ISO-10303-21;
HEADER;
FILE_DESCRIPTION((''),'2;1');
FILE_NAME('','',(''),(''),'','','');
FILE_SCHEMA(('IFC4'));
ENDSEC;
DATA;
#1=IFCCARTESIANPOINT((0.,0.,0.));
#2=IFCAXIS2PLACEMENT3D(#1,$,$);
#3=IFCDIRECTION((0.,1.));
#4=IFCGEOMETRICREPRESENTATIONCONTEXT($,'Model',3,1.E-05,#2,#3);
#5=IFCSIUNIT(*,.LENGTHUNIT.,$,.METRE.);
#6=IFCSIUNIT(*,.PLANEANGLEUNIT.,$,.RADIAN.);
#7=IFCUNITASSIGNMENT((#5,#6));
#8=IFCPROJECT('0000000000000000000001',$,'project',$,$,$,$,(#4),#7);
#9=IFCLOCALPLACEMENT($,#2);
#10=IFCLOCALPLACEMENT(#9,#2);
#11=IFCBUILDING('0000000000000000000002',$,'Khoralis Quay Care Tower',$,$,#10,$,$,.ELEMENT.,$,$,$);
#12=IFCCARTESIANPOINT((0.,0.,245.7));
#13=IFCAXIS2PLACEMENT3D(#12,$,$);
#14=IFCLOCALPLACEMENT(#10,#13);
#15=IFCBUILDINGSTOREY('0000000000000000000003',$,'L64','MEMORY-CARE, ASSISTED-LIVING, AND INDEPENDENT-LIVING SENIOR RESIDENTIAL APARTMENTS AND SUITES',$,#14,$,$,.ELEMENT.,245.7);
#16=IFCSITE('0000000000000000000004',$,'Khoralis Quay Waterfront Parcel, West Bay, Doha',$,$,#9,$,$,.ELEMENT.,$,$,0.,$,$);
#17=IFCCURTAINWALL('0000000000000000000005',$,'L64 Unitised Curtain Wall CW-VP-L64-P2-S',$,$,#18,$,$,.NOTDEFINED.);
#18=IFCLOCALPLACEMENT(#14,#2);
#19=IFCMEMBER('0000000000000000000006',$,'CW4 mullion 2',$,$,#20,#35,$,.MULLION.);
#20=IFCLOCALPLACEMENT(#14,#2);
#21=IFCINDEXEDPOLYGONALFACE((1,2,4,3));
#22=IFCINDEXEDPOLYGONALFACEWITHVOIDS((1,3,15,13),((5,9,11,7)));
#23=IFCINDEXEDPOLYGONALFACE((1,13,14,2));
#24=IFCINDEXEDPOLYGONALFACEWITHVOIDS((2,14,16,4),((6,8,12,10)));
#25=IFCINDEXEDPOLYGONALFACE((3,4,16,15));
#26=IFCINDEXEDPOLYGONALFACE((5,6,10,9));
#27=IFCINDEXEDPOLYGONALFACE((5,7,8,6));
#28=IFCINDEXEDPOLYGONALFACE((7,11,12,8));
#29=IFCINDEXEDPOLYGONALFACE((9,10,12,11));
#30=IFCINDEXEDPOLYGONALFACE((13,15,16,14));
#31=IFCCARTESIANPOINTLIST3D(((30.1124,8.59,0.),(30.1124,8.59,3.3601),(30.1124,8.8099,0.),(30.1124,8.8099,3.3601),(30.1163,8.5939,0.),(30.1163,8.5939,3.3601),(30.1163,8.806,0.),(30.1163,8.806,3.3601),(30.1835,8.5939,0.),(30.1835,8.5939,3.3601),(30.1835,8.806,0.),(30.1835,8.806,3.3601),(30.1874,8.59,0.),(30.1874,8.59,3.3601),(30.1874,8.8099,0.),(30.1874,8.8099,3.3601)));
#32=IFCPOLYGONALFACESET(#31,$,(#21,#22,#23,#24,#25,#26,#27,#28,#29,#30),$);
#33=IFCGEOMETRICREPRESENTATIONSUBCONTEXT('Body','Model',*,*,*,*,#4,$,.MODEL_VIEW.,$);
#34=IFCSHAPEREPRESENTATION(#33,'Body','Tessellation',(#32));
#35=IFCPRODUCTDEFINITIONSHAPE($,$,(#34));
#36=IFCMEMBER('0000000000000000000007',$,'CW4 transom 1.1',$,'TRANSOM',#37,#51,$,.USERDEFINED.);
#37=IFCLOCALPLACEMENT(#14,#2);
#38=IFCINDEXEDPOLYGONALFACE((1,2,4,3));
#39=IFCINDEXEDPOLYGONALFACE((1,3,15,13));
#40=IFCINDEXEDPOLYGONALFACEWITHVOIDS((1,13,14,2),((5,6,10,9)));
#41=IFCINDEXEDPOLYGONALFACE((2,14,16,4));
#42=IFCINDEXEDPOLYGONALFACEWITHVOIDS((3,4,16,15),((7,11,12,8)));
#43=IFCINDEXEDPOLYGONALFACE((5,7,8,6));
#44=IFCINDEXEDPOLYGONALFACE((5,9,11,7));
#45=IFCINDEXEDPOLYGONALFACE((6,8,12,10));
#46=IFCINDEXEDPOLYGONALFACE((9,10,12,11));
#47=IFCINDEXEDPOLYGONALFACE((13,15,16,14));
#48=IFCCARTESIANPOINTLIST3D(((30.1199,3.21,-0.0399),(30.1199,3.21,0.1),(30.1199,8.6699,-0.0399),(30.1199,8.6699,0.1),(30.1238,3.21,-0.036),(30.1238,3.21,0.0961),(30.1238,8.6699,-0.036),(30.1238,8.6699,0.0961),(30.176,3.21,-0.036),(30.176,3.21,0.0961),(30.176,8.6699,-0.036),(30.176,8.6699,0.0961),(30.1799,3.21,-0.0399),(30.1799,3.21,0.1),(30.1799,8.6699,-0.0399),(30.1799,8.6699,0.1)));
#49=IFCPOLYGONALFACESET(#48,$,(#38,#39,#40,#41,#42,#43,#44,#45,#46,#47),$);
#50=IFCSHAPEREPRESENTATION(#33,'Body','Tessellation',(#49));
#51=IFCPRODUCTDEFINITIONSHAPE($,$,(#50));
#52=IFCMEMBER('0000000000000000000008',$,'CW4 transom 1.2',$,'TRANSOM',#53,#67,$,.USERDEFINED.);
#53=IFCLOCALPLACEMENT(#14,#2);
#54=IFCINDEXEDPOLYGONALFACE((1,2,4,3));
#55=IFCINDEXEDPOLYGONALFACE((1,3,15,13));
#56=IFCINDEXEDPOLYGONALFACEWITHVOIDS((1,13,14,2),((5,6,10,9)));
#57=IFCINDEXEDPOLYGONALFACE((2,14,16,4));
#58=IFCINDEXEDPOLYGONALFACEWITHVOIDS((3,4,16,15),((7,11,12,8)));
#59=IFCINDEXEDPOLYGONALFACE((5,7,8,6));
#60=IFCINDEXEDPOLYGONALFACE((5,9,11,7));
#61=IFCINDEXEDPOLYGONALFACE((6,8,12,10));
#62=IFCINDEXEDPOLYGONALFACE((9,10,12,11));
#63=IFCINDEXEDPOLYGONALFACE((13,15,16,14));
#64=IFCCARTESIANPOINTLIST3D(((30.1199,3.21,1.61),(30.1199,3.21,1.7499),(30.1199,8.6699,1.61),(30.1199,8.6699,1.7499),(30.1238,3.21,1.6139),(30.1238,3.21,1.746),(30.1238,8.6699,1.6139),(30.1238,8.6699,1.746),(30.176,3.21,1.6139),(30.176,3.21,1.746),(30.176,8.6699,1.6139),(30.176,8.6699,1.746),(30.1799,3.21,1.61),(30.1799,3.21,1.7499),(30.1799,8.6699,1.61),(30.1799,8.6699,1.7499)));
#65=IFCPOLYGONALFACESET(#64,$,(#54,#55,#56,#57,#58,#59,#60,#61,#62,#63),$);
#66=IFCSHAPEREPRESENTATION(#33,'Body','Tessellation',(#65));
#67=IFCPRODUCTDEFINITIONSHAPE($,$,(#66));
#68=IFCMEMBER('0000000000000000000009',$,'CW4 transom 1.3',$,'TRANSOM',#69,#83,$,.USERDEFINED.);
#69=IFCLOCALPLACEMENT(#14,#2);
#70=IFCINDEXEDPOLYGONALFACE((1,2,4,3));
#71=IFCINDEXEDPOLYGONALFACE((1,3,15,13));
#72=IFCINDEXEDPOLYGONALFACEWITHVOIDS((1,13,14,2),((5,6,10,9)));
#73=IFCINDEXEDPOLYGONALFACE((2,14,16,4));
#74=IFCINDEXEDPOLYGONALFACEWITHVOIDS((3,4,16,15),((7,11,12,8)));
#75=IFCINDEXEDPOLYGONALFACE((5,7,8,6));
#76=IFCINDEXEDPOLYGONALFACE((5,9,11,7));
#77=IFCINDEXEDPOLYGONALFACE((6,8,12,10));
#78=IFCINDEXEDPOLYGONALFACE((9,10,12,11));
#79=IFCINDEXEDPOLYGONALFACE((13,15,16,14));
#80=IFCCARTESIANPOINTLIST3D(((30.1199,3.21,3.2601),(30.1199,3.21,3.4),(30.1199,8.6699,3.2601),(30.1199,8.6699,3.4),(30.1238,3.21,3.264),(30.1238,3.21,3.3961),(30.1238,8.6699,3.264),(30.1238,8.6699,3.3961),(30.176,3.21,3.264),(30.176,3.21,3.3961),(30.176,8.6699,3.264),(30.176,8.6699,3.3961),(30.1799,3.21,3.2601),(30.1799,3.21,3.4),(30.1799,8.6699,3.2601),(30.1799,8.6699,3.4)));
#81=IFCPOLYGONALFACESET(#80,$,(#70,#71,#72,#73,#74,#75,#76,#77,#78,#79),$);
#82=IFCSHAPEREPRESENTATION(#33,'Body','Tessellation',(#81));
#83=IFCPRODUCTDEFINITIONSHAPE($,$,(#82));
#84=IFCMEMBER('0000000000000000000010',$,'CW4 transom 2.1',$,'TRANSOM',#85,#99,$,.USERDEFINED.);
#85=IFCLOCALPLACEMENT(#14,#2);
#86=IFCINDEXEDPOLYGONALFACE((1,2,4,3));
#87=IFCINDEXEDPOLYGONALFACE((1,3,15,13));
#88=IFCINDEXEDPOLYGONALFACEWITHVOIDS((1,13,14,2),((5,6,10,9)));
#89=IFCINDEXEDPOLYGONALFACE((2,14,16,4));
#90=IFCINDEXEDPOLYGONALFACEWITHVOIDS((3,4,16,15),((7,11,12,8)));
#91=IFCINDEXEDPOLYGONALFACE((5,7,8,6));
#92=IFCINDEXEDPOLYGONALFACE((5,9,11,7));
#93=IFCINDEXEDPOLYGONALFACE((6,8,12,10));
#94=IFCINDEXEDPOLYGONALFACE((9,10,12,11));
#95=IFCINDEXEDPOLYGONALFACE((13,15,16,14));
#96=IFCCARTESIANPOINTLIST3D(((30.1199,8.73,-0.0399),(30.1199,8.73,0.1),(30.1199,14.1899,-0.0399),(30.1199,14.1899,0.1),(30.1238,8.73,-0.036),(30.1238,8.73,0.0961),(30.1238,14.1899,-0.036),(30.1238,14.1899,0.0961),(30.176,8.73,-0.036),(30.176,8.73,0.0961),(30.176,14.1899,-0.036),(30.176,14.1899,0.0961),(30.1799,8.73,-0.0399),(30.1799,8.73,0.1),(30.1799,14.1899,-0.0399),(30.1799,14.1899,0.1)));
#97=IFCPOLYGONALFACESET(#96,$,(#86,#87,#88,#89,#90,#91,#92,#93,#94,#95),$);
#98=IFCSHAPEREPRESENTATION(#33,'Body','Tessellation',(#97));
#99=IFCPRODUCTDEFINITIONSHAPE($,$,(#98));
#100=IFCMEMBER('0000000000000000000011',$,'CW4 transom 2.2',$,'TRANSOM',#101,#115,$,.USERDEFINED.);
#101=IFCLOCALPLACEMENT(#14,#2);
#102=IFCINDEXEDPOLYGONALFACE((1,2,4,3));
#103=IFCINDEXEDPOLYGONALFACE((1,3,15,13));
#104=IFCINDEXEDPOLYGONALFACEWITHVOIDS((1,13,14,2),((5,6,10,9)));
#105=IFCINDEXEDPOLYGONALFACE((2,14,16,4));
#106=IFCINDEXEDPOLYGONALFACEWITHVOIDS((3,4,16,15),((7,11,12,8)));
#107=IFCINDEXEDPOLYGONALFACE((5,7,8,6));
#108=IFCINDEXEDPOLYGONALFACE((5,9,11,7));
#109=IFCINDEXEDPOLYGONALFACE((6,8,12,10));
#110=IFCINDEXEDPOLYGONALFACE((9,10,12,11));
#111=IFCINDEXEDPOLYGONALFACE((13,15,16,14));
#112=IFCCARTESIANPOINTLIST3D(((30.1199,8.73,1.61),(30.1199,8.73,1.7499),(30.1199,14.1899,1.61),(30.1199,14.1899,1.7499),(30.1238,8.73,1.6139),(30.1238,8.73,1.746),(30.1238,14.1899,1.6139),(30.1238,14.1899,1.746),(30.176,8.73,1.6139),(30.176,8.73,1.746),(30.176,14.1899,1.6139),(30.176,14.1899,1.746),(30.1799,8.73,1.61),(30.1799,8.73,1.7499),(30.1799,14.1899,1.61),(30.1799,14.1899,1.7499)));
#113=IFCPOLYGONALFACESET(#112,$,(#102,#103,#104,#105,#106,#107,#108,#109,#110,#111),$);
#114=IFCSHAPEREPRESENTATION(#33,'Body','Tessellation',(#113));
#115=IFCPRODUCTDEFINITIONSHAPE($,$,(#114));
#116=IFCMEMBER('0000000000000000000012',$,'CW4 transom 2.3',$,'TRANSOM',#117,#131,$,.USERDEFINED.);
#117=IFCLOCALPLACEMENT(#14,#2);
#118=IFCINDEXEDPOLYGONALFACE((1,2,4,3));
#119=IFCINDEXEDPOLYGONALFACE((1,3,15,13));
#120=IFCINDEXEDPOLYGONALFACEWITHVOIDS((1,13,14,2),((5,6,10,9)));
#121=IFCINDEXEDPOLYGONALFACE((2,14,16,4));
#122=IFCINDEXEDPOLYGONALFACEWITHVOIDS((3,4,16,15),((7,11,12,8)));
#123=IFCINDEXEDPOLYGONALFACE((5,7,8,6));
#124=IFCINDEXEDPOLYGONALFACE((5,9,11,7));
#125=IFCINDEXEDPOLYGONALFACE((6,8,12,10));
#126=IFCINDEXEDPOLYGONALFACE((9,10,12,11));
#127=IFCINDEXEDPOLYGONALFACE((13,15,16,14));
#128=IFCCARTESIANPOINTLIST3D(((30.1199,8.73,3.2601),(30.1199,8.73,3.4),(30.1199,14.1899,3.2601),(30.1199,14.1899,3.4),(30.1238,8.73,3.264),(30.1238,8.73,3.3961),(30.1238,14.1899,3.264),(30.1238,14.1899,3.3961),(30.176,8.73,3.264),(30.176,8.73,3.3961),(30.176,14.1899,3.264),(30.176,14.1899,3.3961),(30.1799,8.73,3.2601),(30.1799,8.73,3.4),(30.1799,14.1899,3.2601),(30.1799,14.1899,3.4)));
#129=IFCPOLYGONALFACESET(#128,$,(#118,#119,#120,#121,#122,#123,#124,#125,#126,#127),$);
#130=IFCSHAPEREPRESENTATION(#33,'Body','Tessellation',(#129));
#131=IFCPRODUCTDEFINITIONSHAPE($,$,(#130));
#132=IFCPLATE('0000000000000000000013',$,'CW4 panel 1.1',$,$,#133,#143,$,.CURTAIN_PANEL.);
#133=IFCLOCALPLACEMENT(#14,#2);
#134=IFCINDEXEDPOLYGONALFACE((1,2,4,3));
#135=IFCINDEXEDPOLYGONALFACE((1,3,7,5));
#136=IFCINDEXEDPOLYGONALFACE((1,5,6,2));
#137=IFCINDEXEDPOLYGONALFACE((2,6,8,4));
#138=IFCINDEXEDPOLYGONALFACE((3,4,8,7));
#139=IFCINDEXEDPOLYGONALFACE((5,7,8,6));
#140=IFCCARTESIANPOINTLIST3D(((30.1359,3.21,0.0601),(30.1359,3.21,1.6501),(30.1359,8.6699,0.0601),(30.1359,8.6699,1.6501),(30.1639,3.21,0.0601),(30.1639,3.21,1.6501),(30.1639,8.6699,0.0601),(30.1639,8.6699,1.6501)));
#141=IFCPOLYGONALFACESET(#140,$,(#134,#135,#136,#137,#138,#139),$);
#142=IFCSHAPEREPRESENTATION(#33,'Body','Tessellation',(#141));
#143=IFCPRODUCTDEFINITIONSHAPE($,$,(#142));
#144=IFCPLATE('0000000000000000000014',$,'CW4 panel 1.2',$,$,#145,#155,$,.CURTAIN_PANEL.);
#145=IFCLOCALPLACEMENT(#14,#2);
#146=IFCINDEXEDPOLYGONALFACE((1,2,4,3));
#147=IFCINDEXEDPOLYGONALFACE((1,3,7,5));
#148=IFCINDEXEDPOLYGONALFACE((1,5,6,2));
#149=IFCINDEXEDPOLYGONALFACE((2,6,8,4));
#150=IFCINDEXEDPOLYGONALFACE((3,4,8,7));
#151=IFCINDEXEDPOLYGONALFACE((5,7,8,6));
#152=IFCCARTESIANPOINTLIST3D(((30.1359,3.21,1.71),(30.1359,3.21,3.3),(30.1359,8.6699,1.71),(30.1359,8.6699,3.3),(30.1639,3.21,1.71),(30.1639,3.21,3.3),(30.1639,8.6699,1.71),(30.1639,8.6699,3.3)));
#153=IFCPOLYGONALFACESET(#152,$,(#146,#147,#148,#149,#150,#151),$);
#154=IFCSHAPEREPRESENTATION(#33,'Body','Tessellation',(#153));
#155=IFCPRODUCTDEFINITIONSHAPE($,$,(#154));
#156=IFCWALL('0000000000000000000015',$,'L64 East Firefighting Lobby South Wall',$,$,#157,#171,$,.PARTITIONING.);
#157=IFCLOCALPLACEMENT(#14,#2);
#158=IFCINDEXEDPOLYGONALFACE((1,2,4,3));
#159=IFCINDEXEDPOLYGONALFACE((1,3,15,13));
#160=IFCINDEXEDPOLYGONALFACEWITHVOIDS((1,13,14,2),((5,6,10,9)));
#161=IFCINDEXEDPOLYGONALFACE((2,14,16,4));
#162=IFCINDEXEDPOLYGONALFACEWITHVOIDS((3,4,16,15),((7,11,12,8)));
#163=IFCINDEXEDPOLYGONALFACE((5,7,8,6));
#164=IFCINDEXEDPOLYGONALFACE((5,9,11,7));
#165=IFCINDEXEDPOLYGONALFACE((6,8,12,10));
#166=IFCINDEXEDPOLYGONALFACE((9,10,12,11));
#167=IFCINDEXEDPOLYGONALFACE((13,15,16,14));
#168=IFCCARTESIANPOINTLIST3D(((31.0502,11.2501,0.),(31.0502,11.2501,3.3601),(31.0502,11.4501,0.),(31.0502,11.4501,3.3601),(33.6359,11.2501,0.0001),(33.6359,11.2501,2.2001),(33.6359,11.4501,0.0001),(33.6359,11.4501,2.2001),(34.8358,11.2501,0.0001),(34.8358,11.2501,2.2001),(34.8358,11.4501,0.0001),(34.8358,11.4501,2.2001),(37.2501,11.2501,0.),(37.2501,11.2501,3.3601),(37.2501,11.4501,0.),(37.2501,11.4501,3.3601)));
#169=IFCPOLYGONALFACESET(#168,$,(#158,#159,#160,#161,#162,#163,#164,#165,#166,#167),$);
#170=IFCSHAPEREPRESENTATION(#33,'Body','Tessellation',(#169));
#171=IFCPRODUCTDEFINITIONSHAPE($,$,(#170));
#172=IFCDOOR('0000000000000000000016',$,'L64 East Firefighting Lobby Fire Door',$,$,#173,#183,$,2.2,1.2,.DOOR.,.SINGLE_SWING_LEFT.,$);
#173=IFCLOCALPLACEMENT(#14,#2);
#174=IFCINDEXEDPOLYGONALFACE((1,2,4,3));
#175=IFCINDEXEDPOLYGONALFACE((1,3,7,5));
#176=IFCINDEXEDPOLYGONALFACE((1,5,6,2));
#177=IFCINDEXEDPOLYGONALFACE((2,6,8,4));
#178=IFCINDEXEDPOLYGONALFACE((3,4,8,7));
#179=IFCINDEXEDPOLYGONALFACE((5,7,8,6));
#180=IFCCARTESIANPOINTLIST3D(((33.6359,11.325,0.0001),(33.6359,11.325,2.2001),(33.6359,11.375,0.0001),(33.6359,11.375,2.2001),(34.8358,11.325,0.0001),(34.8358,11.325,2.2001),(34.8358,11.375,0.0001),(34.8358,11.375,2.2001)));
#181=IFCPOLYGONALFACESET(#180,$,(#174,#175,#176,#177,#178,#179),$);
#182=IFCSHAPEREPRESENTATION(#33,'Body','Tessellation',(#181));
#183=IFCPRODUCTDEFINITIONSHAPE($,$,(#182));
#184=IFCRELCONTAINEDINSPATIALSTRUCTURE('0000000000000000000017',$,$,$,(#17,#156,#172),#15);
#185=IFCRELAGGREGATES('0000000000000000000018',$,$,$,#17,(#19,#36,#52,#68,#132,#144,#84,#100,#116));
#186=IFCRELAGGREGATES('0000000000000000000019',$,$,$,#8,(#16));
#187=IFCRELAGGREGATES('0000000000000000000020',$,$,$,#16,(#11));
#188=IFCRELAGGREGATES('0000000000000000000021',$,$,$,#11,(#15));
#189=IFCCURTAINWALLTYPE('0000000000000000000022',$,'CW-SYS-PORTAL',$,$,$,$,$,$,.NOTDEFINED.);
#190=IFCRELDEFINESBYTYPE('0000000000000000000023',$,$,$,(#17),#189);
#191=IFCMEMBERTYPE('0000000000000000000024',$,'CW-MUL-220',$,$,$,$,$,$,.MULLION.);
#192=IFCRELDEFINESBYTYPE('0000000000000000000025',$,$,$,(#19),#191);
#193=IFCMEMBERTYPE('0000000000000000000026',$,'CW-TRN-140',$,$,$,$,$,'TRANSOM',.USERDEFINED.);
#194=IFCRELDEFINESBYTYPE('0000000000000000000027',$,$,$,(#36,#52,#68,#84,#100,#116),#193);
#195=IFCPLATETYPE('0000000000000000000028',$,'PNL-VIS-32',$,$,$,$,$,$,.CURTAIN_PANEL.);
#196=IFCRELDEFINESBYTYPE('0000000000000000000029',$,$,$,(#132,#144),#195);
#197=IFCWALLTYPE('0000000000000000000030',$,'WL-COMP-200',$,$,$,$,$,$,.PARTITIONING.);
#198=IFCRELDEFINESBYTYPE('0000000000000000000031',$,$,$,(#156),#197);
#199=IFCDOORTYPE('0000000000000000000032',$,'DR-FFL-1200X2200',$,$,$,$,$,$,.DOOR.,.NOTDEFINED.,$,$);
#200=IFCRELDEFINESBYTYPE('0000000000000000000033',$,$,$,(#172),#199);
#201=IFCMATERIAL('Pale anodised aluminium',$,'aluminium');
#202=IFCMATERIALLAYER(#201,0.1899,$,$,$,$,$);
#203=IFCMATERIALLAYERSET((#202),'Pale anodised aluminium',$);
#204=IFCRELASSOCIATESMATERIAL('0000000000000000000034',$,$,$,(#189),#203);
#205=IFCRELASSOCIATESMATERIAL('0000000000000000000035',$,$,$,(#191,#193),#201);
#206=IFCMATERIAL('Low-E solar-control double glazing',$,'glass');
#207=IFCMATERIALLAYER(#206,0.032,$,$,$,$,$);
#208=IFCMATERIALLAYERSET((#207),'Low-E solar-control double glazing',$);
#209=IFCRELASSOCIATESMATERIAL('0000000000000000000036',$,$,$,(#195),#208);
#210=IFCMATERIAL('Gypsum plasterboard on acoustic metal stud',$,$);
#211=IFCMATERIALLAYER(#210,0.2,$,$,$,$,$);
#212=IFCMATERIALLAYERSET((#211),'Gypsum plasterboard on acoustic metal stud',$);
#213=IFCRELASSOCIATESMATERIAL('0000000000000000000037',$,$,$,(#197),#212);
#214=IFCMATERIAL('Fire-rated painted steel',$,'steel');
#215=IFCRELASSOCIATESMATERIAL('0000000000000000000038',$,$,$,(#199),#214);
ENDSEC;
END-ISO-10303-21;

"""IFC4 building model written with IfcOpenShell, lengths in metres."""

from ifc_helpers import new_model, si_unit, direction, frame, frame_2d, origin, origin_2d, place, context, subcontext, project, spatial, rectangle, hollow_rectangle, extrude, source, transform, mapped, material, layer, layer_set, material_profile, profile_set, type_object, element, fill, aggregate, save


model = new_model("IFC4")

# Units and contexts
model_context = context("Model", 3, precision=1e-05, world=origin(), true_north=direction((0.0, 1.0)))
body_context = subcontext(model_context, "Body", "Model", "MODEL_VIEW")
ifc_project = project(units=[si_unit("LENGTHUNIT", "METRE"), si_unit("PLANEANGLEUNIT", "RADIAN")], contexts=[model_context])

# Site, building, storey
site_placement = place(None, origin())
site = spatial("IfcSite", under=ifc_project, at=site_placement, Name="Khoralis Quay Waterfront Parcel, West Bay, Doha", CompositionType="ELEMENT", RefElevation=0.0)
building_placement = place(site_placement, origin())
building = spatial("IfcBuilding", under=site, at=building_placement, Name="Khoralis Quay Care Tower", CompositionType="ELEMENT")
storey_placement = place(building_placement, frame((0.0, 0.0, 245.7)))
storey = spatial("IfcBuildingStorey", under=building, at=storey_placement, Name="L64", Description="MEMORY-CARE, ASSISTED-LIVING, AND INDEPENDENT-LIVING SENIOR RESIDENTIAL APARTMENTS AND SUITES", CompositionType="ELEMENT", Elevation=245.7)

# Curtain wall, members, plates
ifc_material_1 = material(Name="Pale anodised aluminium", Category="aluminium")
ifc_layer_1 = layer(ifc_material_1, 0.1899)
ifc_layer_set_1 = layer_set([ifc_layer_1], Name="Pale anodised aluminium")
curtain_wall_type = type_object("IfcCurtainWallType", Name="CW-SYS-PORTAL", PredefinedType="NOTDEFINED", material=ifc_layer_set_1)
curtain_wall_placement = place(storey_placement, origin())
curtain_wall = element("IfcCurtainWall", 1, at=curtain_wall_placement, inside=storey, type_object=curtain_wall_type, Name="L64 Unitised Curtain Wall CW-VP-L64-P2-S", PredefinedType="NOTDEFINED")
ifc_material_profile_1 = material_profile(ifc_material_1, hollow_rectangle(XDim=0.075, YDim=0.22, WallThickness=0.0039, at=origin_2d()), Name="Pale anodised aluminium")
ifc_profile_set_1 = profile_set([ifc_material_profile_1], Name="Pale anodised aluminium")
member_type_1 = type_object("IfcMemberType", Name="CW-MUL-220", PredefinedType="MULLION", material=ifc_profile_set_1)
shared_shape_1 = source(origin(), body_context, "Body", "SweptSolid", [
    extrude(hollow_rectangle(XDim=0.075, YDim=0.22, WallThickness=0.0039, at=origin_2d()), origin(), (0.0, 0.0, 1.0), 3.3601),
])
member_1_placement = place(storey_placement, frame((30.1499, 8.7, 0.0), z_axis=(0.0, 0.0, 1.0), x_axis=(-1.0, 0.0, 0.0)))
member_1 = element("IfcMember", 2, at=member_1_placement, type_object=member_type_1, Name="CW4 mullion 2", PredefinedType="MULLION", context=body_context, shape_type="MappedRepresentation", body=[
    mapped(shared_shape_1, transform((0.0, 0.0, 0.0), scale=1.0)),
])
ifc_material_profile_2 = material_profile(ifc_material_1, hollow_rectangle(XDim=0.0601, YDim=0.1399, WallThickness=0.0039, at=origin_2d()), Name="Pale anodised aluminium")
ifc_profile_set_2 = profile_set([ifc_material_profile_2], Name="Pale anodised aluminium")
member_type_2 = type_object("IfcMemberType", Name="CW-TRN-140", ElementType="TRANSOM", PredefinedType="USERDEFINED", material=ifc_profile_set_2)
shared_shape_2 = source(origin(), body_context, "Body", "SweptSolid", [
    extrude(hollow_rectangle(XDim=0.0601, YDim=0.1399, WallThickness=0.0039, at=origin_2d()), origin(), (0.0, 0.0, 1.0), 5.46),
])
member_2_placement = place(storey_placement, frame((30.1499, 3.21, 0.03), z_axis=(0.0, 1.0, 0.0), x_axis=(-1.0, 0.0, 0.0)))
member_2 = element("IfcMember", 3, at=member_2_placement, type_object=member_type_2, Name="CW4 transom 1.1", ObjectType="TRANSOM", PredefinedType="USERDEFINED", context=body_context, shape_type="MappedRepresentation", body=[
    mapped(shared_shape_2, transform((0.0, 0.0, 0.0), scale=1.0)),
])
member_3_placement = place(storey_placement, frame((30.1499, 3.21, 1.6799), z_axis=(0.0, 1.0, 0.0), x_axis=(-1.0, 0.0, 0.0)))
member_3 = element("IfcMember", 4, at=member_3_placement, type_object=member_type_2, Name="CW4 transom 1.2", ObjectType="TRANSOM", PredefinedType="USERDEFINED", context=body_context, shape_type="MappedRepresentation", body=[
    mapped(shared_shape_2, transform((0.0, 0.0, 0.0), scale=1.0)),
])
member_4_placement = place(storey_placement, frame((30.1499, 3.21, 3.3301), z_axis=(0.0, 1.0, 0.0), x_axis=(-1.0, 0.0, 0.0)))
member_4 = element("IfcMember", 5, at=member_4_placement, type_object=member_type_2, Name="CW4 transom 1.3", ObjectType="TRANSOM", PredefinedType="USERDEFINED", context=body_context, shape_type="MappedRepresentation", body=[
    mapped(shared_shape_2, transform((0.0, 0.0, 0.0), scale=1.0)),
])
member_5_placement = place(storey_placement, frame((30.1499, 8.73, 0.03), z_axis=(0.0, 1.0, 0.0), x_axis=(-1.0, 0.0, 0.0)))
member_5 = element("IfcMember", 6, at=member_5_placement, type_object=member_type_2, Name="CW4 transom 2.1", ObjectType="TRANSOM", PredefinedType="USERDEFINED", context=body_context, shape_type="MappedRepresentation", body=[
    mapped(shared_shape_2, transform((0.0, 0.0, 0.0), scale=1.0)),
])
member_6_placement = place(storey_placement, frame((30.1499, 8.73, 1.6799), z_axis=(0.0, 1.0, 0.0), x_axis=(-1.0, 0.0, 0.0)))
member_6 = element("IfcMember", 7, at=member_6_placement, type_object=member_type_2, Name="CW4 transom 2.2", ObjectType="TRANSOM", PredefinedType="USERDEFINED", context=body_context, shape_type="MappedRepresentation", body=[
    mapped(shared_shape_2, transform((0.0, 0.0, 0.0), scale=1.0)),
])
member_7_placement = place(storey_placement, frame((30.1499, 8.73, 3.3301), z_axis=(0.0, 1.0, 0.0), x_axis=(-1.0, 0.0, 0.0)))
member_7 = element("IfcMember", 8, at=member_7_placement, type_object=member_type_2, Name="CW4 transom 2.3", ObjectType="TRANSOM", PredefinedType="USERDEFINED", context=body_context, shape_type="MappedRepresentation", body=[
    mapped(shared_shape_2, transform((0.0, 0.0, 0.0), scale=1.0)),
])
ifc_material_2 = material(Name="Low-E solar-control double glazing", Category="glass")
ifc_layer_2 = layer(ifc_material_2, 0.032)
ifc_layer_set_2 = layer_set([ifc_layer_2], Name="Low-E solar-control double glazing")
plate_type = type_object("IfcPlateType", Name="PNL-VIS-32", PredefinedType="CURTAIN_PANEL", material=ifc_layer_set_2)
shared_shape_3 = source(origin(), body_context, "Body", "SweptSolid", [
    extrude(rectangle(XDim=5.46, YDim=0.0281, at=origin_2d()), origin(), (0.0, 0.0, 1.0), 1.5901),
])
plate_1_placement = place(storey_placement, frame((30.1499, 5.9399, 0.0601), z_axis=(0.0, 0.0, 1.0), x_axis=(0.0, 1.0, 0.0)))
plate_1 = element("IfcPlate", 9, at=plate_1_placement, type_object=plate_type, Name="CW4 panel 1.1", PredefinedType="CURTAIN_PANEL", context=body_context, shape_type="MappedRepresentation", body=[
    mapped(shared_shape_3, transform((0.0, 0.0, 0.0), scale=1.0)),
])
plate_2_placement = place(storey_placement, frame((30.1499, 5.9399, 1.71), z_axis=(0.0, 0.0, 1.0), x_axis=(0.0, 1.0, 0.0)))
plate_2 = element("IfcPlate", 10, at=plate_2_placement, type_object=plate_type, Name="CW4 panel 1.2", PredefinedType="CURTAIN_PANEL", context=body_context, shape_type="MappedRepresentation", body=[
    mapped(shared_shape_3, transform((0.0, 0.0, 0.0), scale=1.0)),
])
aggregate(curtain_wall, [member_1, member_2, member_3, member_4, plate_1, plate_2, member_5, member_6, member_7])

# Wall, opening, door
ifc_material_3 = material(Name="Gypsum plasterboard on acoustic metal stud")
ifc_layer_3 = layer(ifc_material_3, 0.2)
ifc_layer_set_3 = layer_set([ifc_layer_3], Name="Gypsum plasterboard on acoustic metal stud")
wall_type_1 = type_object("IfcWallType", Name="WL-COMP-200", PredefinedType="PARTITIONING", material=ifc_layer_set_3)
wall_1_placement = place(storey_placement, frame((31.05, 11.3501, 0.0), z_axis=(0.0, 0.0, 1.0), x_axis=(1.0, 0.0, 0.0)))
wall_1 = element("IfcWall", 11, at=wall_1_placement, inside=storey, type_object=wall_type_1, Name="L64 East Firefighting Lobby South Wall", PredefinedType="PARTITIONING", context=body_context, shape_type="SweptSolid", body=[
    extrude(rectangle(XDim=6.2, YDim=0.2, at=frame_2d((3.1001, 0.0))), origin(), (0.0, 0.0, 1.0), 3.3601),
])
opening_1_placement = place(wall_1_placement, frame((2.5857, 0.0, 0.0)))
opening_1 = element("IfcOpeningElement", 12, at=opening_1_placement, cuts=wall_1, PredefinedType="OPENING", context=body_context, shape_type="SweptSolid", body=[
    extrude(rectangle(XDim=1.2, YDim=2.2, at=frame_2d((0.6001, 1.1001))), frame((0.0, 0.1099, 0.0), z_axis=(0.0, -1.0, 0.0), x_axis=(1.0, 0.0, 0.0)), (0.0, 0.0, 1.0), 0.22),
])
ifc_material_4 = material(Name="Fire-rated painted steel", Category="steel")
door_type_1 = type_object("IfcDoorType", Name="DR-FFL-1200X2200", OperationType="NOTDEFINED", PredefinedType="DOOR", material=ifc_material_4)
shared_shape_4 = source(origin(), body_context, "Body", "SweptSolid", [
    extrude(rectangle(XDim=1.2, YDim=2.2, at=frame_2d((0.6001, 1.1001))), frame((0.0, 0.0249, 0.0), z_axis=(0.0, -1.0, 0.0), x_axis=(1.0, 0.0, 0.0)), (0.0, 0.0, 1.0), 0.05),
])
door_1_placement = place(opening_1_placement, origin())
door_1 = element("IfcDoor", 13, at=door_1_placement, inside=storey, type_object=door_type_1, Name="L64 East Firefighting Lobby Fire Door", OperationType="SINGLE_SWING_LEFT", OverallHeight=2.2, OverallWidth=1.2, PredefinedType="DOOR", context=body_context, shape_type="MappedRepresentation", body=[
    mapped(shared_shape_4, transform((0.0, 0.0, 0.0), scale=1.0)),
])
fill(opening_1, door_1)

save(model, "model.ifc")
